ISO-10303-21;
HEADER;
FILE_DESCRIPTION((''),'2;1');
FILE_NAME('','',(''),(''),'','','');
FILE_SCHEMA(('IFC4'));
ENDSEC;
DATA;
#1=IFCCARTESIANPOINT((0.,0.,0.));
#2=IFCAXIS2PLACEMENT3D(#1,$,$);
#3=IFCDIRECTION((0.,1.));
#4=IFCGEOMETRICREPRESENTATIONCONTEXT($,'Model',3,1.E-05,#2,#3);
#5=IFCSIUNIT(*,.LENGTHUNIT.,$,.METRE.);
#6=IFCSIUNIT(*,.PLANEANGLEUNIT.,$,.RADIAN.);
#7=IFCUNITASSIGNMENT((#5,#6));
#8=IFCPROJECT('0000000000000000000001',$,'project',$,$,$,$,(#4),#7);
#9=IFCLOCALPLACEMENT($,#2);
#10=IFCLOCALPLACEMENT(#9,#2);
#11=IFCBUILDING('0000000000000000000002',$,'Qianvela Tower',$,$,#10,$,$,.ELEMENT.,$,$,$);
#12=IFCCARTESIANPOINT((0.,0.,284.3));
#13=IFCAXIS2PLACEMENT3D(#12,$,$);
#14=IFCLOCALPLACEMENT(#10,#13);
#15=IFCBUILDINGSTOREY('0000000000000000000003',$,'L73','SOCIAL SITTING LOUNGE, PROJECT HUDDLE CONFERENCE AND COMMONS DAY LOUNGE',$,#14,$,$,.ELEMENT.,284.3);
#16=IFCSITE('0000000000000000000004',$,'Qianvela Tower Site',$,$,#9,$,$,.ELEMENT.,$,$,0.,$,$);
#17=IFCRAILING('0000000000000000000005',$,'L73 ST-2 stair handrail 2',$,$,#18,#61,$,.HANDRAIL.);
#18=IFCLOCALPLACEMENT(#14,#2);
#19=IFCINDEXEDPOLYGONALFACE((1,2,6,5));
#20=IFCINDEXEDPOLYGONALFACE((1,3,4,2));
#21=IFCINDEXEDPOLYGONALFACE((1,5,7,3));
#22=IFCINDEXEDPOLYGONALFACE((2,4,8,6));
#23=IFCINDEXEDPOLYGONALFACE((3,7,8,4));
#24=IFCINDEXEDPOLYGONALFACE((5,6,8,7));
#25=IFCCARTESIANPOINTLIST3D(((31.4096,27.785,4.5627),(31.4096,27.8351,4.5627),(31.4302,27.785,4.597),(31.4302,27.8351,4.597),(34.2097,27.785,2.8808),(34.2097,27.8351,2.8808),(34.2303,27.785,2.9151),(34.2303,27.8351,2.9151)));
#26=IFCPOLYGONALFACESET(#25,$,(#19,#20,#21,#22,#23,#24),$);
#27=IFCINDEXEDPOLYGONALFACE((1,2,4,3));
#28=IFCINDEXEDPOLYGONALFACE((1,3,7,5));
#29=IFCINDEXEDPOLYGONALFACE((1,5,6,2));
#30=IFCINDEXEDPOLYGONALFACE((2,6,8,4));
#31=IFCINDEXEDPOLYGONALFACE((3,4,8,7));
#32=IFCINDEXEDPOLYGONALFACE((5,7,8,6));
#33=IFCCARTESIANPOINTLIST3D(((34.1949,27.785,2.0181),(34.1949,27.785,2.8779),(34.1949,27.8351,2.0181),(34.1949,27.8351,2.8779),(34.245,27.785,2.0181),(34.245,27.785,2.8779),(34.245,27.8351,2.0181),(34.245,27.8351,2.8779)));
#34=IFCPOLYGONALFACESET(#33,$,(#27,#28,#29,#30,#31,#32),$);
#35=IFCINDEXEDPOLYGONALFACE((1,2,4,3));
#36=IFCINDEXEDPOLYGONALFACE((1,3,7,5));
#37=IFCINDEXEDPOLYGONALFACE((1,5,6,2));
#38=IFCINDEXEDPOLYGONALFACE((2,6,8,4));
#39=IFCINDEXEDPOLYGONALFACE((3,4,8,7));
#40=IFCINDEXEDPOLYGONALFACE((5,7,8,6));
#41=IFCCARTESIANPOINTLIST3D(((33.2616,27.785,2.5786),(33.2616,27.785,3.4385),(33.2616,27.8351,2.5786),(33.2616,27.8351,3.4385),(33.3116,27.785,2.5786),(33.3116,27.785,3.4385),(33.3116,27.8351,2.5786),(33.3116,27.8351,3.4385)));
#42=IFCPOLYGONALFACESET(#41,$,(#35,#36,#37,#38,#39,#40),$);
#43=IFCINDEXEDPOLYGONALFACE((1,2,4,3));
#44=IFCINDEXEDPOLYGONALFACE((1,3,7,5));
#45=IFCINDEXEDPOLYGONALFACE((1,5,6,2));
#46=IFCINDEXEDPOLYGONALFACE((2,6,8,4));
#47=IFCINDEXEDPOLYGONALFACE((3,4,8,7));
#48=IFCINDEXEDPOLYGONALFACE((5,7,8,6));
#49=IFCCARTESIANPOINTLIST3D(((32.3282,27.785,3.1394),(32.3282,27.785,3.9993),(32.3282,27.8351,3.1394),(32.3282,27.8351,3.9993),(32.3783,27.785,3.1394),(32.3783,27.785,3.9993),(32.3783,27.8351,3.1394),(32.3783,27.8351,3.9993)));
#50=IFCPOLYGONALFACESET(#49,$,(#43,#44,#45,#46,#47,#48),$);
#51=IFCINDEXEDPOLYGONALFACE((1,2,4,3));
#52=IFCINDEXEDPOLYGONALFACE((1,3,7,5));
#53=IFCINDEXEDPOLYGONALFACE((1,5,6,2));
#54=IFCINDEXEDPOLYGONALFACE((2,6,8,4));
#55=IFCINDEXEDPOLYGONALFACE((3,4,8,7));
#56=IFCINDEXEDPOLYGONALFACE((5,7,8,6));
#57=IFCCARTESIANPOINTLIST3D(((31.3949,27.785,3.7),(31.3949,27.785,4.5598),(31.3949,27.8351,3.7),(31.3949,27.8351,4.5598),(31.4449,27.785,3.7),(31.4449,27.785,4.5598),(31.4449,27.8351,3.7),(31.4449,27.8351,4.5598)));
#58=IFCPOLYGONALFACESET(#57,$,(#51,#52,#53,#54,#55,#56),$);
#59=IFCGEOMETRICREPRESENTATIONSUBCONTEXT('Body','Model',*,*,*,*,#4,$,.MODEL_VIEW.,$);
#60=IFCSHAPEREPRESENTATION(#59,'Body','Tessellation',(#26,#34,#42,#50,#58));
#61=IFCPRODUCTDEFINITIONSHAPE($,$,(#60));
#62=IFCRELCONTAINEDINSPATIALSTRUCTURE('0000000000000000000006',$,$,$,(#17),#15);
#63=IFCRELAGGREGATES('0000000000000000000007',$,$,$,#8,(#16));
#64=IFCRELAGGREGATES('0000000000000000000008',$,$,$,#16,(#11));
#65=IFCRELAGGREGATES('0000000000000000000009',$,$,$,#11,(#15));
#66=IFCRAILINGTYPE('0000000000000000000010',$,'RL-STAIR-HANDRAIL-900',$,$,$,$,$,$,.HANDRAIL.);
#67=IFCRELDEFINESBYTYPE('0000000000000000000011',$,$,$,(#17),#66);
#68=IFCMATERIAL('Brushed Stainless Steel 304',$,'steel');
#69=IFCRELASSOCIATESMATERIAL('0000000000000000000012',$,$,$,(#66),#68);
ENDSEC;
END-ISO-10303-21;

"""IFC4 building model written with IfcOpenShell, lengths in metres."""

from ifc_helpers import new_model, si_unit, direction, frame, origin, origin_2d, place, context, subcontext, project, spatial, rectangle, extrude, material, type_object, element, save


model = new_model("IFC4")

# Units and contexts
model_context = context("Model", 3, precision=1e-05, world=origin(), true_north=direction((0.0, 1.0)))
body_context = subcontext(model_context, "Body", "Model", "MODEL_VIEW")
ifc_project = project(units=[si_unit("LENGTHUNIT", "METRE"), si_unit("PLANEANGLEUNIT", "RADIAN")], contexts=[model_context])

# Site, building, storey
site_placement = place(None, origin())
site = spatial("IfcSite", under=ifc_project, at=site_placement, Name="Qianvela Tower Site", CompositionType="ELEMENT", RefElevation=0.0)
building_placement = place(site_placement, origin())
building = spatial("IfcBuilding", under=site, at=building_placement, Name="Qianvela Tower", CompositionType="ELEMENT")
storey_placement = place(building_placement, frame((0.0, 0.0, 284.3)))
storey = spatial("IfcBuildingStorey", under=building, at=storey_placement, Name="L73", Description="SOCIAL SITTING LOUNGE, PROJECT HUDDLE CONFERENCE AND COMMONS DAY LOUNGE", CompositionType="ELEMENT", Elevation=284.3)

# Railing
ifc_material_1 = material(Name="Brushed Stainless Steel 304", Category="steel")
railing_type_1 = type_object("IfcRailingType", Name="RL-STAIR-HANDRAIL-900", PredefinedType="HANDRAIL", material=ifc_material_1)
railing_1_placement = place(storey_placement, frame((34.22, 27.8101, 2.0181)))
element("IfcRailing", 1, at=railing_1_placement, inside=storey, type_object=railing_type_1, Name="L73 ST-2 stair handrail 2", PredefinedType="HANDRAIL", context=body_context, shape_type="SweptSolid", body=[
    extrude(rectangle(XDim=0.05, YDim=0.04, at=origin_2d()), frame((0.0, 0.0, 0.8799), z_axis=(-0.857242, 0.0, 0.514913), x_axis=(0.0, -1.0, 0.0)), (0.0, 0.0, 1.0), 3.2664),
    extrude(rectangle(XDim=0.05, YDim=0.05, at=origin_2d()), origin(), (0.0, 0.0, 1.0), 0.8599),
    extrude(rectangle(XDim=0.05, YDim=0.05, at=origin_2d()), frame((-0.9333, 0.0, 0.5605)), (0.0, 0.0, 1.0), 0.8599),
    extrude(rectangle(XDim=0.05, YDim=0.05, at=origin_2d()), frame((-1.8667, 0.0, 1.1213)), (0.0, 0.0, 1.0), 0.8599),
    extrude(rectangle(XDim=0.05, YDim=0.05, at=origin_2d()), frame((-2.8, 0.0, 1.6819)), (0.0, 0.0, 1.0), 0.8599),
])

save(model, "model.ifc")
